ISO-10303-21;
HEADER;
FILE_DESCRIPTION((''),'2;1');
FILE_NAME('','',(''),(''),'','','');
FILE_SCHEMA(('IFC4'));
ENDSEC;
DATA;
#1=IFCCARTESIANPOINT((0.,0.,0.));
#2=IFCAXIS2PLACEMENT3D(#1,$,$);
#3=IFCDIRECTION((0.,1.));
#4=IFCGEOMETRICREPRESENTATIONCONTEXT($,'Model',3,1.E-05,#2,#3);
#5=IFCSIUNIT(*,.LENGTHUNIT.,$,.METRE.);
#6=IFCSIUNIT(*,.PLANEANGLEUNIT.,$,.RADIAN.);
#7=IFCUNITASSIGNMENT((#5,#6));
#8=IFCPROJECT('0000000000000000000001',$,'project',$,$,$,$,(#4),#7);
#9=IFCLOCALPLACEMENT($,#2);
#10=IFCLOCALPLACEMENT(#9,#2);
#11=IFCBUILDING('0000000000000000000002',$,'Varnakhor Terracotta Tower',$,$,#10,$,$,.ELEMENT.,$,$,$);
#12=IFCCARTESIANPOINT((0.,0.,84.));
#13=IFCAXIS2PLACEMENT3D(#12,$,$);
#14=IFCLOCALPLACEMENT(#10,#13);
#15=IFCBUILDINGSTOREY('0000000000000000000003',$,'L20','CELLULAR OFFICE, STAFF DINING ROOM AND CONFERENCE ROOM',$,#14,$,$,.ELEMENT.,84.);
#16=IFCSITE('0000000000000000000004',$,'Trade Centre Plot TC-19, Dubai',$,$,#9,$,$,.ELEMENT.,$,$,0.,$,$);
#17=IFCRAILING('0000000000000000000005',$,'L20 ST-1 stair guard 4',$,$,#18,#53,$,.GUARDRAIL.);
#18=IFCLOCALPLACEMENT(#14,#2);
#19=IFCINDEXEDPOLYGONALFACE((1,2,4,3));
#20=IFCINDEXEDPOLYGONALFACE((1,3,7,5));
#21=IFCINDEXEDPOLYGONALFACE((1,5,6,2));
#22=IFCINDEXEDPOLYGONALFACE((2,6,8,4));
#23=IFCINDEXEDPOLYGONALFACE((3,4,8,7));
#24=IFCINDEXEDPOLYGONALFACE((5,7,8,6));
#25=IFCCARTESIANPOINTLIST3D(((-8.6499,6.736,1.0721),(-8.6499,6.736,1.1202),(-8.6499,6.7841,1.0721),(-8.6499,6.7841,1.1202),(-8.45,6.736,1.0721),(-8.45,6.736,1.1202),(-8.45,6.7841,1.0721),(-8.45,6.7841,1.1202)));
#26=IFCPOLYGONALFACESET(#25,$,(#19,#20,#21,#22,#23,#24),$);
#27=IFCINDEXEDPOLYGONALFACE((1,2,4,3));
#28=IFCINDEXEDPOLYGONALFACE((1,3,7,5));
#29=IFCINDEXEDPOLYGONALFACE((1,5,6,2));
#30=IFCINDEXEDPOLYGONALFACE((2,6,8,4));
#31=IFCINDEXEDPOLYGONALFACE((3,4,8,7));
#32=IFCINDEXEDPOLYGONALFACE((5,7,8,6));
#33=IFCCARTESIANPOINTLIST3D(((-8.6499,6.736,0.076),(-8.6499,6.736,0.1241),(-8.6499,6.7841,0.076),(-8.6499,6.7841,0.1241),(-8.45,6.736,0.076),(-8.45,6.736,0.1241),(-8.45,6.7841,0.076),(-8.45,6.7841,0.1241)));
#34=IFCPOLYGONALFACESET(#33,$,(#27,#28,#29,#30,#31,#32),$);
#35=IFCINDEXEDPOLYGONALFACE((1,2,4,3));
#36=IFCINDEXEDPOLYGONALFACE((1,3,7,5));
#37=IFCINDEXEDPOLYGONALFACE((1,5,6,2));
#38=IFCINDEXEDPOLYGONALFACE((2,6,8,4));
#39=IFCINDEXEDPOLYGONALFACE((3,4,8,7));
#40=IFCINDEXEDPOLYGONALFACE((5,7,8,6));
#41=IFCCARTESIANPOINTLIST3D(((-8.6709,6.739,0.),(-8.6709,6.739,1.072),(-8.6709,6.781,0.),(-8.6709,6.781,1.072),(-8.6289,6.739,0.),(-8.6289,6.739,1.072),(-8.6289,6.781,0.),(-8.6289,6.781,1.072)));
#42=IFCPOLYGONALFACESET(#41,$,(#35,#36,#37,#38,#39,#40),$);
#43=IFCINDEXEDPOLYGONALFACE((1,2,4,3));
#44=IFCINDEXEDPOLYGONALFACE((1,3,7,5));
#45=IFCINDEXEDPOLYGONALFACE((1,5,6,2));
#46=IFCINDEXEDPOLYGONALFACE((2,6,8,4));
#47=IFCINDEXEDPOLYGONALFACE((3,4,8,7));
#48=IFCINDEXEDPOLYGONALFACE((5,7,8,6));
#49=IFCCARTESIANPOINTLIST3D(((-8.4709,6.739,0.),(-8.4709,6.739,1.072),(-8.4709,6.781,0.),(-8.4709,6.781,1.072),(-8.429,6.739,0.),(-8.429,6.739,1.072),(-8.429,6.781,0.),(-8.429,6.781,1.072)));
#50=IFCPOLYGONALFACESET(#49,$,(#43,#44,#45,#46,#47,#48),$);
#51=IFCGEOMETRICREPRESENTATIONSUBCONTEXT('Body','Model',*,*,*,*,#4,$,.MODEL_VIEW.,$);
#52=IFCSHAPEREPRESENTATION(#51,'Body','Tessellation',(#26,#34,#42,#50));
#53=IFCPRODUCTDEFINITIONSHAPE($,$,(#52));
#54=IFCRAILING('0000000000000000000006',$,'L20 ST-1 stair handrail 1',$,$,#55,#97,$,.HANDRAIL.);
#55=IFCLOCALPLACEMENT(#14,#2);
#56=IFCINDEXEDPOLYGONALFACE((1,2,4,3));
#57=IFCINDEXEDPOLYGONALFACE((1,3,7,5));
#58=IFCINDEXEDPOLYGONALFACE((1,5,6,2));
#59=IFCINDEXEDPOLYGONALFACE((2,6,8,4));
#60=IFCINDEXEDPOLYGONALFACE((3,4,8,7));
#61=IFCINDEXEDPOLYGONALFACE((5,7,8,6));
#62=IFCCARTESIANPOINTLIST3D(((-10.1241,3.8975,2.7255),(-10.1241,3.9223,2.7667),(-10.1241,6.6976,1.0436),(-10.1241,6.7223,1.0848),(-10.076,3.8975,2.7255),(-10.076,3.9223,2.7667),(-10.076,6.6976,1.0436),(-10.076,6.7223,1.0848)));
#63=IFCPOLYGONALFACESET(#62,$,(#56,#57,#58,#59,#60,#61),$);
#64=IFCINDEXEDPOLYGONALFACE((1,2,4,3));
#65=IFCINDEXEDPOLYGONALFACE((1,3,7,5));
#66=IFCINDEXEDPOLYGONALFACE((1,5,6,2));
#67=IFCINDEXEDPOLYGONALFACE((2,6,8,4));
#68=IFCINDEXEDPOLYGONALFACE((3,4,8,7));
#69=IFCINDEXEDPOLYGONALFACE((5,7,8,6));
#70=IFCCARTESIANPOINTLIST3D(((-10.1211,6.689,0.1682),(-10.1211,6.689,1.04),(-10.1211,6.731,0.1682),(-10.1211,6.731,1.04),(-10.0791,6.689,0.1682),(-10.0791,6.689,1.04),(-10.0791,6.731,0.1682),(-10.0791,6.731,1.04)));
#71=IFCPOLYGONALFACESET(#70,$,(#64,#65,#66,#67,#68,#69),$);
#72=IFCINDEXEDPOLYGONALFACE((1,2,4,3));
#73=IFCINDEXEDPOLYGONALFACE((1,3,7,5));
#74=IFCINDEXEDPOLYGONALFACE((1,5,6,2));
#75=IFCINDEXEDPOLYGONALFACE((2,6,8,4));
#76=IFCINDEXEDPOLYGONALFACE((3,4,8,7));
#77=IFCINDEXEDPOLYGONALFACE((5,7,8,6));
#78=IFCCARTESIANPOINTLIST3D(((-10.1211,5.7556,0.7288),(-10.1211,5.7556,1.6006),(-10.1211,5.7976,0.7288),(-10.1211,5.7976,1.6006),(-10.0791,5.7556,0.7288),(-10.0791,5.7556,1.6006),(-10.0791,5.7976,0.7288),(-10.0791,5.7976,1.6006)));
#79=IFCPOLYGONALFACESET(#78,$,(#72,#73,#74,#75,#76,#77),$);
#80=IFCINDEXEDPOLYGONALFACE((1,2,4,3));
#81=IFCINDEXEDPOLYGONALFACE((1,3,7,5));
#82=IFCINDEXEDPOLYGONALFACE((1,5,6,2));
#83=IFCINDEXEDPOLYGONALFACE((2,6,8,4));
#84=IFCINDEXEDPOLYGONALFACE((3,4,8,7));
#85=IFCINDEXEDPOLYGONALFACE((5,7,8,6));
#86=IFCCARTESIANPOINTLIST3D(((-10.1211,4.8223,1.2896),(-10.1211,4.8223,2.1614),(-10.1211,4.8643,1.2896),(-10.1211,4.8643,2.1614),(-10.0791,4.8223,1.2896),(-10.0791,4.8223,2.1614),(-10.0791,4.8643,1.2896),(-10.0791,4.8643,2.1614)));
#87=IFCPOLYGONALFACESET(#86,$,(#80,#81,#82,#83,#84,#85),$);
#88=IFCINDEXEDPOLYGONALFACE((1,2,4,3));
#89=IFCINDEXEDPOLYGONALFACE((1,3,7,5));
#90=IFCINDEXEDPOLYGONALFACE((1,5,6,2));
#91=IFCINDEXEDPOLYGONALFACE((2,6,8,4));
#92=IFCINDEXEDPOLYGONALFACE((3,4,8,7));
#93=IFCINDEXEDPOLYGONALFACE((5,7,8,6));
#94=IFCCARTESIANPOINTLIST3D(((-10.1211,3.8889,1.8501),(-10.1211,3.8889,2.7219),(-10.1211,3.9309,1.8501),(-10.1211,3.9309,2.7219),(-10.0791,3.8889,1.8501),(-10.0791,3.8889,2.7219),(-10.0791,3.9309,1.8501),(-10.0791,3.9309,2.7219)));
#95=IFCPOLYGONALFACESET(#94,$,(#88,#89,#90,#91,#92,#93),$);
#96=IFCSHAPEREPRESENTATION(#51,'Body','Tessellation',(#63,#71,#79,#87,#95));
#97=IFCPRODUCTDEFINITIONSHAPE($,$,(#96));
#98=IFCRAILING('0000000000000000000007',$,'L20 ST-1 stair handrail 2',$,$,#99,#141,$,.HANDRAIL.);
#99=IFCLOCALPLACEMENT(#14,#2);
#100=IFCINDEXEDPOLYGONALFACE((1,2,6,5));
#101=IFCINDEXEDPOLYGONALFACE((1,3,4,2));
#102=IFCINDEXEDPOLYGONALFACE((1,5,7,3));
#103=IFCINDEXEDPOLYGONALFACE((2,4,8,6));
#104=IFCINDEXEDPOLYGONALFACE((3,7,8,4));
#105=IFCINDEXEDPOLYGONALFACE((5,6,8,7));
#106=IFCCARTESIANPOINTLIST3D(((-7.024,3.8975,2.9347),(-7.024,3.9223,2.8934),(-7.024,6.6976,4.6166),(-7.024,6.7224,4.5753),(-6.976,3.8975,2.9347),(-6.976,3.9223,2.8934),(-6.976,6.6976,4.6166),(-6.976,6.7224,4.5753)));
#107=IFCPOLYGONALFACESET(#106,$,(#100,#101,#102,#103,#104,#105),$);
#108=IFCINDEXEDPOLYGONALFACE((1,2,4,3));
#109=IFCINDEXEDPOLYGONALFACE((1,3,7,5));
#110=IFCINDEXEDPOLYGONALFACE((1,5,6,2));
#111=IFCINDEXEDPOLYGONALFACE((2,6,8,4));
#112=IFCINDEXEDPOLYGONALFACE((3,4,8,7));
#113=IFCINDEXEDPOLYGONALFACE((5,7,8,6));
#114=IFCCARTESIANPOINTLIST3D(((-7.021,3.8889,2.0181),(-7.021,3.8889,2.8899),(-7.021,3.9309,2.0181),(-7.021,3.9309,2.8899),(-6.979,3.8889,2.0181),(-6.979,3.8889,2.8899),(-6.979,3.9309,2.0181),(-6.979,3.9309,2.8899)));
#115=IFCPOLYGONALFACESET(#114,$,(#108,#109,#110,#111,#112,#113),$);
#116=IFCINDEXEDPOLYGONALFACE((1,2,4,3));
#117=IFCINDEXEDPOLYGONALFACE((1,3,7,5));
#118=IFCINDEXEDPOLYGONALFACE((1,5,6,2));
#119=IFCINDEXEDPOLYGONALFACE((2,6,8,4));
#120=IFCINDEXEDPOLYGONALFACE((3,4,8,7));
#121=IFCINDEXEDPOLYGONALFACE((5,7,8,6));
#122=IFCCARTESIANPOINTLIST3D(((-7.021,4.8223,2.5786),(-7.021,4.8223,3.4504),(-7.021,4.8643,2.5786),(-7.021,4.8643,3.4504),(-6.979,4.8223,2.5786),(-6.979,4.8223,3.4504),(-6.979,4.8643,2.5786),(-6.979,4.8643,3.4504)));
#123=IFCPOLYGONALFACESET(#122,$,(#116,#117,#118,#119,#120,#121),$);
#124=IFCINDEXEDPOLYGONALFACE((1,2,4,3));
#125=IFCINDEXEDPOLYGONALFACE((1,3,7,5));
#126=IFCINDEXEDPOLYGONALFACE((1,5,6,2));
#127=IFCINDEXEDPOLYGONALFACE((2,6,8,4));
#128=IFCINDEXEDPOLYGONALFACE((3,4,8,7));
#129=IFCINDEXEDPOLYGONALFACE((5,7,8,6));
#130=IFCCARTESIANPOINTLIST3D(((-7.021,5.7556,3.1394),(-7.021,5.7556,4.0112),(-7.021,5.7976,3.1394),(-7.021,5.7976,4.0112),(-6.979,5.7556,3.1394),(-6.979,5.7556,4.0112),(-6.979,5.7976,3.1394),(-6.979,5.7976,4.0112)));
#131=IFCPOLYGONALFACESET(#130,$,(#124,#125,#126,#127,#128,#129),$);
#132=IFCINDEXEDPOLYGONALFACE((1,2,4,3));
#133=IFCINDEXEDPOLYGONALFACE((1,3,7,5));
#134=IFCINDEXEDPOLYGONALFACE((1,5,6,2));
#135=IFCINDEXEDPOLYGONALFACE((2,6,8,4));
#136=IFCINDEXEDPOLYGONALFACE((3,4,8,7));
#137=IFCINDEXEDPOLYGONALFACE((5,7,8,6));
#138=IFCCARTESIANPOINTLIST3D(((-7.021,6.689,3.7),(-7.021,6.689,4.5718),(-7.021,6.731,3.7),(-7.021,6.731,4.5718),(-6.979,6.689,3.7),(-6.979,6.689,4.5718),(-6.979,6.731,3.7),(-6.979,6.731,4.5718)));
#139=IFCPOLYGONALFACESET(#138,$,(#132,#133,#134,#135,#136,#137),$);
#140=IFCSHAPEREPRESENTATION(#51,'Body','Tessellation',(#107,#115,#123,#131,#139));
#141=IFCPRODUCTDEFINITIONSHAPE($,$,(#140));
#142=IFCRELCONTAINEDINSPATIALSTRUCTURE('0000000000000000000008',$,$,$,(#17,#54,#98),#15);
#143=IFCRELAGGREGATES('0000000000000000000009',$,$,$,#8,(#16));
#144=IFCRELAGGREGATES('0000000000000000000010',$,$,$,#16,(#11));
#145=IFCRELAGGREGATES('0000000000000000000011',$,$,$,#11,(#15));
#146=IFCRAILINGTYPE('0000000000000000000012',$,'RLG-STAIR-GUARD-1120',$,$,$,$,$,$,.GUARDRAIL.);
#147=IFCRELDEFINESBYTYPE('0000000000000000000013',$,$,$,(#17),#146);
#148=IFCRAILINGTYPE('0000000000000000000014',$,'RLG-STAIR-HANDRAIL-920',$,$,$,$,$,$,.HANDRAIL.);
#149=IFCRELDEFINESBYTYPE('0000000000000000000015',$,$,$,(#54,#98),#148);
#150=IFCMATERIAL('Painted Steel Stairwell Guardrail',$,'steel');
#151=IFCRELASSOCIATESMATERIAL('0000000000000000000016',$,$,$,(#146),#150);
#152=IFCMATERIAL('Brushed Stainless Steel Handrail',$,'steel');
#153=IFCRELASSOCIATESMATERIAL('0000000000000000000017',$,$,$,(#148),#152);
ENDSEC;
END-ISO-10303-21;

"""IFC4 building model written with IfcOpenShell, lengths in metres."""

from ifc_helpers import new_model, si_unit, direction, frame, origin, origin_2d, place, context, subcontext, project, spatial, rectangle, extrude, material, type_object, element, save


model = new_model("IFC4")

# Units and contexts
model_context = context("Model", 3, precision=1e-05, world=origin(), true_north=direction((0.0, 1.0)))
body_context = subcontext(model_context, "Body", "Model", "MODEL_VIEW")
ifc_project = project(units=[si_unit("LENGTHUNIT", "METRE"), si_unit("PLANEANGLEUNIT", "RADIAN")], contexts=[model_context])

# Site, building, storey
site_placement = place(None, origin())
site = spatial("IfcSite", under=ifc_project, at=site_placement, Name="Trade Centre Plot TC-19, Dubai", CompositionType="ELEMENT", RefElevation=0.0)
building_placement = place(site_placement, origin())
building = spatial("IfcBuilding", under=site, at=building_placement, Name="Varnakhor Terracotta Tower", CompositionType="ELEMENT")
storey_placement = place(building_placement, frame((0.0, 0.0, 84.0)))
storey = spatial("IfcBuildingStorey", under=building, at=storey_placement, Name="L20", Description="CELLULAR OFFICE, STAFF DINING ROOM AND CONFERENCE ROOM", CompositionType="ELEMENT", Elevation=84.0)

# Railings
ifc_material_1 = material(Name="Painted Steel Stairwell Guardrail", Category="steel")
railing_type_1 = type_object("IfcRailingType", Name="RLG-STAIR-GUARD-1120", PredefinedType="GUARDRAIL", material=ifc_material_1)
railing_1_placement = place(storey_placement, frame((-8.6499, 6.76, 0.0)))
element("IfcRailing", 1, at=railing_1_placement, inside=storey, type_object=railing_type_1, Name="L20 ST-1 stair guard 4", PredefinedType="GUARDRAIL", context=body_context, shape_type="SweptSolid", body=[
    extrude(rectangle(XDim=0.0481, YDim=0.0481, at=origin_2d()), frame((0.0, 0.0, 1.0962), z_axis=(1.0, 0.0, 0.0), x_axis=(0.0, 1.0, 0.0)), (0.0, 0.0, 1.0), 0.2),
    extrude(rectangle(XDim=0.0481, YDim=0.0481, at=origin_2d()), frame((0.0, 0.0, 0.1001), z_axis=(1.0, 0.0, 0.0), x_axis=(0.0, 1.0, 0.0)), (0.0, 0.0, 1.0), 0.2),
    extrude(rectangle(XDim=0.042, YDim=0.042, at=origin_2d()), origin(), (0.0, 0.0, 1.0), 1.072),
    extrude(rectangle(XDim=0.042, YDim=0.042, at=origin_2d()), frame((0.2, 0.0, 0.0)), (0.0, 0.0, 1.0), 1.072),
])
ifc_material_2 = material(Name="Brushed Stainless Steel Handrail", Category="steel")
railing_type_2 = type_object("IfcRailingType", Name="RLG-STAIR-HANDRAIL-920", PredefinedType="HANDRAIL", material=ifc_material_2)
railing_2_placement = place(storey_placement, frame((-10.1001, 6.71, 0.1682)))
element("IfcRailing", 2, at=railing_2_placement, inside=storey, type_object=railing_type_2, Name="L20 ST-1 stair handrail 1", PredefinedType="HANDRAIL", context=body_context, shape_type="SweptSolid", body=[
    extrude(rectangle(XDim=0.0481, YDim=0.0481, at=origin_2d()), frame((0.0, 0.0, 0.896), z_axis=(0.0, -0.857242, 0.514913), x_axis=(1.0, 0.0, 0.0)), (0.0, 0.0, 1.0), 3.2664),
    extrude(rectangle(XDim=0.042, YDim=0.042, at=origin_2d()), origin(), (0.0, 0.0, 1.0), 0.8718),
    extrude(rectangle(XDim=0.042, YDim=0.042, at=origin_2d()), frame((0.0, -0.9333, 0.5605)), (0.0, 0.0, 1.0), 0.8718),
    extrude(rectangle(XDim=0.042, YDim=0.042, at=origin_2d()), frame((0.0, -1.8667, 1.1213)), (0.0, 0.0, 1.0), 0.8718),
    extrude(rectangle(XDim=0.042, YDim=0.042, at=origin_2d()), frame((0.0, -2.8, 1.6819)), (0.0, 0.0, 1.0), 0.8718),
])
railing_3_placement = place(storey_placement, frame((-7.0, 3.9099, 2.0181)))
element("IfcRailing", 3, at=railing_3_placement, inside=storey, type_object=railing_type_2, Name="L20 ST-1 stair handrail 2", PredefinedType="HANDRAIL", context=body_context, shape_type="SweptSolid", body=[
    extrude(rectangle(XDim=0.0481, YDim=0.0481, at=origin_2d()), frame((0.0, 0.0, 0.896), z_axis=(0.0, 0.857242, 0.514913), x_axis=(-1.0, 0.0, 0.0)), (0.0, 0.0, 1.0), 3.2664),
    extrude(rectangle(XDim=0.042, YDim=0.042, at=origin_2d()), origin(), (0.0, 0.0, 1.0), 0.8718),
    extrude(rectangle(XDim=0.042, YDim=0.042, at=origin_2d()), frame((0.0, 0.9333, 0.5605)), (0.0, 0.0, 1.0), 0.8718),
    extrude(rectangle(XDim=0.042, YDim=0.042, at=origin_2d()), frame((0.0, 1.8667, 1.1213)), (0.0, 0.0, 1.0), 0.8718),
    extrude(rectangle(XDim=0.042, YDim=0.042, at=origin_2d()), frame((0.0, 2.8, 1.6819)), (0.0, 0.0, 1.0), 0.8718),
])

save(model, "model.ifc")
